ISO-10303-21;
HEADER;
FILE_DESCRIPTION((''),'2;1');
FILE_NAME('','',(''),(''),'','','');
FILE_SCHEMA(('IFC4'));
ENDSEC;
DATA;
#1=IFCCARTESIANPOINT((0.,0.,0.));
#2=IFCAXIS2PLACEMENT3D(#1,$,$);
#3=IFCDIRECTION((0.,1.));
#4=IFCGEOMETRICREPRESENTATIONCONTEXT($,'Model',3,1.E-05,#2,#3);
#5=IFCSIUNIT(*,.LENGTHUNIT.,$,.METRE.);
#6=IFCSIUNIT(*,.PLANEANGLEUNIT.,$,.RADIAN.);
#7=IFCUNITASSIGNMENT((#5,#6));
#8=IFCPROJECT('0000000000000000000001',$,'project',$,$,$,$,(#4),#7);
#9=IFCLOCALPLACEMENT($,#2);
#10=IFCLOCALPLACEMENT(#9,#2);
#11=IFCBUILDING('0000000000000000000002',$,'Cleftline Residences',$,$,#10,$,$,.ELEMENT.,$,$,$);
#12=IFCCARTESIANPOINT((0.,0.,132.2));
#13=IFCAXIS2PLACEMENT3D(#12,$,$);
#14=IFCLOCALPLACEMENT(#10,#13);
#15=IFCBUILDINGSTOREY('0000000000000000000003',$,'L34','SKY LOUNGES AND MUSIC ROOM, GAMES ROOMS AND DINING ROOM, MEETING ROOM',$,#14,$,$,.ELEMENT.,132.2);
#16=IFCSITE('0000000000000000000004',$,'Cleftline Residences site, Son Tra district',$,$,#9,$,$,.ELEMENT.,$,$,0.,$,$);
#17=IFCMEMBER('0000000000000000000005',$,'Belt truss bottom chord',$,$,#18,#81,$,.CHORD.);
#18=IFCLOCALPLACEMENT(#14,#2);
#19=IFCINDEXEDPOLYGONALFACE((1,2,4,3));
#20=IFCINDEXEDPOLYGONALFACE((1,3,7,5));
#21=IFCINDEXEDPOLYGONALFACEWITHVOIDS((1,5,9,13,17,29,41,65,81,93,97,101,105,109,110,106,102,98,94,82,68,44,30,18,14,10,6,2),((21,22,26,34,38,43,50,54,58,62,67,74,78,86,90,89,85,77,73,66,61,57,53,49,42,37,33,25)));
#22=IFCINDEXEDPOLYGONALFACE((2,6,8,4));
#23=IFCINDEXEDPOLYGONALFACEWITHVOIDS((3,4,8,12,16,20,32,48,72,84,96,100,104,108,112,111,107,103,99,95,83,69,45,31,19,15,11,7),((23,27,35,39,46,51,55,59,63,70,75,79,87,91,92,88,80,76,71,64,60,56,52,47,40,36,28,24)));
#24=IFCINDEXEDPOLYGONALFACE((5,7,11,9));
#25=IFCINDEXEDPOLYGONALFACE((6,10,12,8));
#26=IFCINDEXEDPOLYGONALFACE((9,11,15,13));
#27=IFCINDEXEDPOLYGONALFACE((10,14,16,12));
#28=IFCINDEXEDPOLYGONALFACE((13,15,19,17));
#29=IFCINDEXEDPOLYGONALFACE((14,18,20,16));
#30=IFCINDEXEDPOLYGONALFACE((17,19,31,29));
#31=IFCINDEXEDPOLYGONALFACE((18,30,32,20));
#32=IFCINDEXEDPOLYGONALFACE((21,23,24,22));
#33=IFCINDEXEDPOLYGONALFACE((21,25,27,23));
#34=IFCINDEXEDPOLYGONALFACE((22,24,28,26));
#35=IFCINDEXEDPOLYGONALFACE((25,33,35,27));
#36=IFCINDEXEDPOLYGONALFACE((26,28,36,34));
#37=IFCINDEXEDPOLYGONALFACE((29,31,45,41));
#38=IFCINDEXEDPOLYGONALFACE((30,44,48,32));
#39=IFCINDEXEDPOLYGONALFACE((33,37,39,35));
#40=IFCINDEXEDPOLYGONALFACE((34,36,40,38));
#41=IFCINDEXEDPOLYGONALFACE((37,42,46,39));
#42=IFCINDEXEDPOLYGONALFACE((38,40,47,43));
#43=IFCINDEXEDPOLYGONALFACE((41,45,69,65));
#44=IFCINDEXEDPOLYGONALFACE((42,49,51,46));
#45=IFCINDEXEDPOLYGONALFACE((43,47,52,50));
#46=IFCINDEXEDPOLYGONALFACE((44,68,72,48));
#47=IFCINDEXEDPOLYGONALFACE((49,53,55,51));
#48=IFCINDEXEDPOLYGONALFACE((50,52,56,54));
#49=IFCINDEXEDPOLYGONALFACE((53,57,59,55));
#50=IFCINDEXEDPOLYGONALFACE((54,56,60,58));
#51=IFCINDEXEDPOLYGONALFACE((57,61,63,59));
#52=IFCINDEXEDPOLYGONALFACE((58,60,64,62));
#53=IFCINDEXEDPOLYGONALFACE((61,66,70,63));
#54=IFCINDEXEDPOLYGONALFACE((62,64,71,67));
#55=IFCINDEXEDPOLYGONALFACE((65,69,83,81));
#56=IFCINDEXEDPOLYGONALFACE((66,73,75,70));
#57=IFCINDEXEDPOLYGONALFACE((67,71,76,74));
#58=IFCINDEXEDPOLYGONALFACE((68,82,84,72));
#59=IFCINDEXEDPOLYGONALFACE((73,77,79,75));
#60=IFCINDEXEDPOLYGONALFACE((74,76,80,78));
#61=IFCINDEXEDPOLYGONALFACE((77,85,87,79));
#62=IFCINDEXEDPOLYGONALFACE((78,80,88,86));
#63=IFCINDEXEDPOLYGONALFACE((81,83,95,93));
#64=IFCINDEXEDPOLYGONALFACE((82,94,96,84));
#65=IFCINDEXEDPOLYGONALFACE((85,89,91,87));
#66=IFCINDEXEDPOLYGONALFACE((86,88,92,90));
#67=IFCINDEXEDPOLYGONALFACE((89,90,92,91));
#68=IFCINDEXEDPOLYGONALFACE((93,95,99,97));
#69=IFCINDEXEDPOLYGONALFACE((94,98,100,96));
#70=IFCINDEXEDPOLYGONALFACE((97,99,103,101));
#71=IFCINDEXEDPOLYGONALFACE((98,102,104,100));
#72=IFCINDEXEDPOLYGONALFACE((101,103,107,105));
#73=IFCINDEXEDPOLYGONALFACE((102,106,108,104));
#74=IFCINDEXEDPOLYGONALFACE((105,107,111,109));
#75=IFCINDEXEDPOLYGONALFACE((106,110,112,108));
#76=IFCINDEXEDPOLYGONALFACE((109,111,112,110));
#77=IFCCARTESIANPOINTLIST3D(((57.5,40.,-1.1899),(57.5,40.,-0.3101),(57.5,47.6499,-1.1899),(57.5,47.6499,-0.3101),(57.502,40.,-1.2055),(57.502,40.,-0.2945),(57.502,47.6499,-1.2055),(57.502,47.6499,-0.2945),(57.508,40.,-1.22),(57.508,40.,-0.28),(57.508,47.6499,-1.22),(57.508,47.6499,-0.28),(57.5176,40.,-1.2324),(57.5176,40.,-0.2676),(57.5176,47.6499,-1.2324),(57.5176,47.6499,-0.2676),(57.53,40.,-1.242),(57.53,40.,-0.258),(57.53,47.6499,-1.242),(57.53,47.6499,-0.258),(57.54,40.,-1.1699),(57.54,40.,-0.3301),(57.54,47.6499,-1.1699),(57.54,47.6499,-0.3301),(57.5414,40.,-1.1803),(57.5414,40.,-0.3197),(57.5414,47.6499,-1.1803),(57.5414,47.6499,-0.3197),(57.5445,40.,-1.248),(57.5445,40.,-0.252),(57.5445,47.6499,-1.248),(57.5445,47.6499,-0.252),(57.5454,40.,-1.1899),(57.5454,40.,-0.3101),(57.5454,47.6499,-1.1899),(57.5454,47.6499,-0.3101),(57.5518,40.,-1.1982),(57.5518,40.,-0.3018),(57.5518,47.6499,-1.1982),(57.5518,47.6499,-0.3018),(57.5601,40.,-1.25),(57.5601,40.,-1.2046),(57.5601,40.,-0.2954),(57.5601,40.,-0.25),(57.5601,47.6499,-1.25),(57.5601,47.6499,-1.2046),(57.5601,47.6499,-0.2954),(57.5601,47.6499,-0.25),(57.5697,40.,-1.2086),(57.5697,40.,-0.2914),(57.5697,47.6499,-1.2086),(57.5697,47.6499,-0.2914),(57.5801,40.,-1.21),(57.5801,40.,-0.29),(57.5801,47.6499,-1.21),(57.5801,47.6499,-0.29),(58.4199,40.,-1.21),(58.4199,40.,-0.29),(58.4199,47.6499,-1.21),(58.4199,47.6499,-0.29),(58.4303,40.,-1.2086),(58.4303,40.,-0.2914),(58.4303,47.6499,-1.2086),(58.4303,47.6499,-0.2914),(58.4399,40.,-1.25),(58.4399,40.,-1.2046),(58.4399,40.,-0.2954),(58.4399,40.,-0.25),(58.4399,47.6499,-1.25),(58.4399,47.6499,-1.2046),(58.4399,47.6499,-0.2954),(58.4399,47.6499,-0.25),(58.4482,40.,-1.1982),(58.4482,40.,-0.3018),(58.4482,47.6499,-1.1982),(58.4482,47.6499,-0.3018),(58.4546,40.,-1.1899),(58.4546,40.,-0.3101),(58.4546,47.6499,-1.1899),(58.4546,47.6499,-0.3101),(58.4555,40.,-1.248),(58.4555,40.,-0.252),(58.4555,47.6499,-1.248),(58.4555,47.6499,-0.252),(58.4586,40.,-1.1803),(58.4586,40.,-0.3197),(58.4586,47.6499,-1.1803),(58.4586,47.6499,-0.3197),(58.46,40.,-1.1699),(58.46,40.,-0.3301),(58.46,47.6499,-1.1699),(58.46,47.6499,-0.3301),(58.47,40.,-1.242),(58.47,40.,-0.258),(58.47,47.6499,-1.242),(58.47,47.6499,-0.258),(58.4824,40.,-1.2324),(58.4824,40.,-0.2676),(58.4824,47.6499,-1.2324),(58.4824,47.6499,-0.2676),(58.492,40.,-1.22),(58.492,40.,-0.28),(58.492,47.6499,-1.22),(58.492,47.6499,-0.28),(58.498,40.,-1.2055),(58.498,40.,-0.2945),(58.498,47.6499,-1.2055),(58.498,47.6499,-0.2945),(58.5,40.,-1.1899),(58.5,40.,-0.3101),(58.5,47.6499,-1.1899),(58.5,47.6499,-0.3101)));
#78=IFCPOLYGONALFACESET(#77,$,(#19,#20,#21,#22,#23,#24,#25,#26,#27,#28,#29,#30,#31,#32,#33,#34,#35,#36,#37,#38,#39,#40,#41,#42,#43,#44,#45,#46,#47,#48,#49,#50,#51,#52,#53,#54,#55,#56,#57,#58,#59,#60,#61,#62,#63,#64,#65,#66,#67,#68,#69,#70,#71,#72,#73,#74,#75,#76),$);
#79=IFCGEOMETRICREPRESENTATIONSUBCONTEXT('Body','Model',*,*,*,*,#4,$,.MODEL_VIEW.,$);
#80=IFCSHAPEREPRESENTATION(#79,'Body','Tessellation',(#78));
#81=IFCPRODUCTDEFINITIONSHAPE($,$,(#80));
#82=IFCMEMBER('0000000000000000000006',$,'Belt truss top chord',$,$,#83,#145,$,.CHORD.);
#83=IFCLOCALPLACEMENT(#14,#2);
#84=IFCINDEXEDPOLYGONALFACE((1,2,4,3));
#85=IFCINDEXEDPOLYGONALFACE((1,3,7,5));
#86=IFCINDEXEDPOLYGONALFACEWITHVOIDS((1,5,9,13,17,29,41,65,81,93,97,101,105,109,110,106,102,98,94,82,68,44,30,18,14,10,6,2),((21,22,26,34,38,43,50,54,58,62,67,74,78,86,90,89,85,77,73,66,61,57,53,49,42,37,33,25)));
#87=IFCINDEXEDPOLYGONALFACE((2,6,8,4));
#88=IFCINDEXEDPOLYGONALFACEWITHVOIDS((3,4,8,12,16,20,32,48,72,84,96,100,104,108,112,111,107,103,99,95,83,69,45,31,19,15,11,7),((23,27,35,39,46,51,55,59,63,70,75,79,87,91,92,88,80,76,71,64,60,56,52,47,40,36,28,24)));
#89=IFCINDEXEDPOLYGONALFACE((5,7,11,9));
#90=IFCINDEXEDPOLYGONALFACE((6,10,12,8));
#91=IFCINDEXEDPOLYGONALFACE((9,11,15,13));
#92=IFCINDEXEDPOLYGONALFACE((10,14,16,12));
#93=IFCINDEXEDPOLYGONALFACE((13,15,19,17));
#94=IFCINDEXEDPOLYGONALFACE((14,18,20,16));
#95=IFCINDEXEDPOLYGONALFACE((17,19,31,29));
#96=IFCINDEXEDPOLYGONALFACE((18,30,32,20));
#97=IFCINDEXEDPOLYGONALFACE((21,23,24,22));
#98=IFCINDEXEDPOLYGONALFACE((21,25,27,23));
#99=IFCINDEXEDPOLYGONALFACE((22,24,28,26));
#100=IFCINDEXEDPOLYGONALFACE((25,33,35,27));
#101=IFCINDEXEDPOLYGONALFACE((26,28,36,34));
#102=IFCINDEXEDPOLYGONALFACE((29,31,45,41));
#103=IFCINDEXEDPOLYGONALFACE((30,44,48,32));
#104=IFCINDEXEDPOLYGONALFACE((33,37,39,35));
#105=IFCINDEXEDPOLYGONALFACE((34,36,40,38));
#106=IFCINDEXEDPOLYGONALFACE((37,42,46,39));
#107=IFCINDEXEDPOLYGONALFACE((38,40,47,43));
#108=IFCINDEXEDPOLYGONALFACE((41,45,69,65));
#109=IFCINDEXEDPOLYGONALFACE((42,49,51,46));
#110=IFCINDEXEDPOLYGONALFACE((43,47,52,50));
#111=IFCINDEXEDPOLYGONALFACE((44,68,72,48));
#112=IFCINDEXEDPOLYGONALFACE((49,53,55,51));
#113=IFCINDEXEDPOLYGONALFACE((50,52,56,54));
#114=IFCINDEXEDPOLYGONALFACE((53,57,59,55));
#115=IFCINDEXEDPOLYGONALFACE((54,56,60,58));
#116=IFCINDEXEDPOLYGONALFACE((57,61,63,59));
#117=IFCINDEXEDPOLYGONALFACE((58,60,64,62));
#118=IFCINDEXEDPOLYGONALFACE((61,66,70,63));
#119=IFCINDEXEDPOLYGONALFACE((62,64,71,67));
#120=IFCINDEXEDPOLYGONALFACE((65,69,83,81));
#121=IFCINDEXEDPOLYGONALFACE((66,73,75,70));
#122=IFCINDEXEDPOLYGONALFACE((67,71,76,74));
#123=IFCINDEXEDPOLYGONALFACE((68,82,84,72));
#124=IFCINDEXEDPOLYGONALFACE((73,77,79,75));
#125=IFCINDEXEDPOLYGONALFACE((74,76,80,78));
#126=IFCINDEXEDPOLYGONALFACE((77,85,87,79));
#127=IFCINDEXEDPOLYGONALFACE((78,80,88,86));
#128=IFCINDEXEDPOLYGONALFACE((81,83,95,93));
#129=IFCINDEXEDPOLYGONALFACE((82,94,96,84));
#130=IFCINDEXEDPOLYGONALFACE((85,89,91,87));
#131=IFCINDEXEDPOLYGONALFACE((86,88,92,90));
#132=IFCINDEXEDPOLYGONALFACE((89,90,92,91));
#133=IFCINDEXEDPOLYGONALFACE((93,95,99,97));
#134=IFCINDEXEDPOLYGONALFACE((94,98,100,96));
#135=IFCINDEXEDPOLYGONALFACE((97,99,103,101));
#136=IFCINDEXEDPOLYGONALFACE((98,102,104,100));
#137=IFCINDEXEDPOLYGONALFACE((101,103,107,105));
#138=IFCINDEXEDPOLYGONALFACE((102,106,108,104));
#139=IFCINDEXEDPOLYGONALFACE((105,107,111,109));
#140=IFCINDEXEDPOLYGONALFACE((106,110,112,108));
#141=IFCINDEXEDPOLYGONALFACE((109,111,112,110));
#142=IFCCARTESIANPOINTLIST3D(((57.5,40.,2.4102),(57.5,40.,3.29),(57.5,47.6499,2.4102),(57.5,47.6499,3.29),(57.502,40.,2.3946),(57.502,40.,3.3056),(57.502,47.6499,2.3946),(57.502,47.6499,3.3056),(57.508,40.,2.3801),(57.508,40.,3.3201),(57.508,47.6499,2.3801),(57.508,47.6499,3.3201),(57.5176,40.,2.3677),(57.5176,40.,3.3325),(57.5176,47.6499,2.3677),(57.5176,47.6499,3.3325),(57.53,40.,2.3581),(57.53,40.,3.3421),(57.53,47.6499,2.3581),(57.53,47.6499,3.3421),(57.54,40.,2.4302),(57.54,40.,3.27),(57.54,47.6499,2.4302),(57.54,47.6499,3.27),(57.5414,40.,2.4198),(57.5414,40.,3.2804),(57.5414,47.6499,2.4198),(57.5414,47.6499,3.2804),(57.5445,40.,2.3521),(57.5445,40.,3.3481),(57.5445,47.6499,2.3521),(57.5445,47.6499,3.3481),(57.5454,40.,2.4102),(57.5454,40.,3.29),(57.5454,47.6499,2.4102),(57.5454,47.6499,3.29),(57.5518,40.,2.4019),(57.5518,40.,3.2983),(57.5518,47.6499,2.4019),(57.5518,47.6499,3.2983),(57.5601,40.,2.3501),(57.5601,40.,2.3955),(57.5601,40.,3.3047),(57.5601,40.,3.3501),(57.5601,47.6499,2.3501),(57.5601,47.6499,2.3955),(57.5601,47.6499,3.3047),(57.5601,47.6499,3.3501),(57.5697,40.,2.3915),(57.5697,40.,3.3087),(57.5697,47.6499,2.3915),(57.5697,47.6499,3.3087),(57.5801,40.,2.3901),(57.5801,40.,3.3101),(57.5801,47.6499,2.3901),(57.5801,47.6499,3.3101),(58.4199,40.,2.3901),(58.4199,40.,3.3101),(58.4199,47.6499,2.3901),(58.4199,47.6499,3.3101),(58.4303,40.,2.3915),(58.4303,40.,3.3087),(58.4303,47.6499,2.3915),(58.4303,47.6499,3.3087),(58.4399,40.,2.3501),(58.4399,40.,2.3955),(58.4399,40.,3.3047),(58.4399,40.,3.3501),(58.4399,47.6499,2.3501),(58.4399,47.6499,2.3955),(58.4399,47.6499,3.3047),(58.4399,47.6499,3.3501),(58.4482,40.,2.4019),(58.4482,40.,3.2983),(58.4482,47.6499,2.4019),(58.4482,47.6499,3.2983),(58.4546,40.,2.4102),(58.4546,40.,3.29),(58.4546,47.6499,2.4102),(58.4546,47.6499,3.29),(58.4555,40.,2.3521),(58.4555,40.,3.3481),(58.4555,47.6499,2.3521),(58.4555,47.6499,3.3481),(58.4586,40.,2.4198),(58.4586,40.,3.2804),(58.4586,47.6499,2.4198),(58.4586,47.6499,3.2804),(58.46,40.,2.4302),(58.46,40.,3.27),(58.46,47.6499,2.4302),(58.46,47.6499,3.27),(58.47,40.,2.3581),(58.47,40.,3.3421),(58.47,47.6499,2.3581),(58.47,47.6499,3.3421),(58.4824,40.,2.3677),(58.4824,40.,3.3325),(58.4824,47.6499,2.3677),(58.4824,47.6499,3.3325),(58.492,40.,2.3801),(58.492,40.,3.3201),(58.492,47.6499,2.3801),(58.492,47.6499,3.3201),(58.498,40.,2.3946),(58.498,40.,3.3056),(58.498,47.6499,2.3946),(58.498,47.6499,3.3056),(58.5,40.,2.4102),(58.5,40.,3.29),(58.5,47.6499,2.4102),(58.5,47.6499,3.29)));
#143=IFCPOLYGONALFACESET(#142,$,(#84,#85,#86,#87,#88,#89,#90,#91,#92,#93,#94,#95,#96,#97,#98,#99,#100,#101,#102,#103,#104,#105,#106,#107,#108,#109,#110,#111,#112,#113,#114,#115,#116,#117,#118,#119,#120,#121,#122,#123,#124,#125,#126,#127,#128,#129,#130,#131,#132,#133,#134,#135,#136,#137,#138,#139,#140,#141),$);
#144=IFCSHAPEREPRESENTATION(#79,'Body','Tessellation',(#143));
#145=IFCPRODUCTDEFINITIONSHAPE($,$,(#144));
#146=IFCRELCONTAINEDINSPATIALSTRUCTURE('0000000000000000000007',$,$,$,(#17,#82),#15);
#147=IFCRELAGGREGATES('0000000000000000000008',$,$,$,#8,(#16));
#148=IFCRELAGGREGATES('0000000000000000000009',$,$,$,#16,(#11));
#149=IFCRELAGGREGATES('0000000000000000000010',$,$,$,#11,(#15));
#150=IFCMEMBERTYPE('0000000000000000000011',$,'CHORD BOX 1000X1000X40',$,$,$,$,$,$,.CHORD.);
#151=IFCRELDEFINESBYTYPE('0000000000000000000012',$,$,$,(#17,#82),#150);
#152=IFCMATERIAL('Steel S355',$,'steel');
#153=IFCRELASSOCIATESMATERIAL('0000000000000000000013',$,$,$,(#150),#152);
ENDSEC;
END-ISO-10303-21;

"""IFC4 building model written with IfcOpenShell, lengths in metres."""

from ifc_helpers import new_model, si_unit, direction, frame, origin, origin_2d, place, context, subcontext, project, spatial, hollow_rectangle, extrude, material, material_profile, profile_set, type_object, element, save


model = new_model("IFC4")

# Units and contexts
model_context = context("Model", 3, precision=1e-05, world=origin(), true_north=direction((0.0, 1.0)))
body_context = subcontext(model_context, "Body", "Model", "MODEL_VIEW")
ifc_project = project(units=[si_unit("LENGTHUNIT", "METRE"), si_unit("PLANEANGLEUNIT", "RADIAN")], contexts=[model_context])

# Site, building, storey
site_placement = place(None, origin())
site = spatial("IfcSite", under=ifc_project, at=site_placement, Name="Cleftline Residences site, Son Tra district", CompositionType="ELEMENT", RefElevation=0.0)
building_placement = place(site_placement, origin())
building = spatial("IfcBuilding", under=site, at=building_placement, Name="Cleftline Residences", CompositionType="ELEMENT")
storey_placement = place(building_placement, frame((0.0, 0.0, 132.2)))
storey = spatial("IfcBuildingStorey", under=building, at=storey_placement, Name="L34", Description="SKY LOUNGES AND MUSIC ROOM, GAMES ROOMS AND DINING ROOM, MEETING ROOM", CompositionType="ELEMENT", Elevation=132.2)

# Members
ifc_material_1 = material(Name="Steel S355", Category="steel")
ifc_material_profile_1 = material_profile(ifc_material_1, hollow_rectangle(XDim=1.0, YDim=1.0, WallThickness=0.04, InnerFilletRadius=0.04, OuterFilletRadius=0.0601, at=origin_2d()))
ifc_profile_set_1 = profile_set([ifc_material_profile_1], Name="Steel S355")
member_type_1 = type_object("IfcMemberType", Name="CHORD BOX 1000X1000X40", PredefinedType="CHORD", material=ifc_profile_set_1)
for number, where, z_axis, x_axis, name in (
    (1, (58.0, 40.0, -0.75), (0.0, 1.0, 0.0), (-1.0, 0.0, 0.0), "Belt truss bottom chord"),
    (2, (58.0, 40.0, 2.8501), (0.0, 1.0, 0.0), (-1.0, 0.0, 0.0), "Belt truss top chord"),
):
    element("IfcMember", number, at=place(storey_placement, frame(where, z_axis=z_axis, x_axis=x_axis)), inside=storey, type_object=member_type_1, Name=name, PredefinedType="CHORD", context=body_context, shape_type="SweptSolid", body=[
        extrude(hollow_rectangle(XDim=1.0, YDim=1.0, WallThickness=0.04, InnerFilletRadius=0.04, OuterFilletRadius=0.0601, at=origin_2d()), origin(), (0.0, 0.0, 1.0), 7.6499),
    ])

save(model, "model.ifc")
